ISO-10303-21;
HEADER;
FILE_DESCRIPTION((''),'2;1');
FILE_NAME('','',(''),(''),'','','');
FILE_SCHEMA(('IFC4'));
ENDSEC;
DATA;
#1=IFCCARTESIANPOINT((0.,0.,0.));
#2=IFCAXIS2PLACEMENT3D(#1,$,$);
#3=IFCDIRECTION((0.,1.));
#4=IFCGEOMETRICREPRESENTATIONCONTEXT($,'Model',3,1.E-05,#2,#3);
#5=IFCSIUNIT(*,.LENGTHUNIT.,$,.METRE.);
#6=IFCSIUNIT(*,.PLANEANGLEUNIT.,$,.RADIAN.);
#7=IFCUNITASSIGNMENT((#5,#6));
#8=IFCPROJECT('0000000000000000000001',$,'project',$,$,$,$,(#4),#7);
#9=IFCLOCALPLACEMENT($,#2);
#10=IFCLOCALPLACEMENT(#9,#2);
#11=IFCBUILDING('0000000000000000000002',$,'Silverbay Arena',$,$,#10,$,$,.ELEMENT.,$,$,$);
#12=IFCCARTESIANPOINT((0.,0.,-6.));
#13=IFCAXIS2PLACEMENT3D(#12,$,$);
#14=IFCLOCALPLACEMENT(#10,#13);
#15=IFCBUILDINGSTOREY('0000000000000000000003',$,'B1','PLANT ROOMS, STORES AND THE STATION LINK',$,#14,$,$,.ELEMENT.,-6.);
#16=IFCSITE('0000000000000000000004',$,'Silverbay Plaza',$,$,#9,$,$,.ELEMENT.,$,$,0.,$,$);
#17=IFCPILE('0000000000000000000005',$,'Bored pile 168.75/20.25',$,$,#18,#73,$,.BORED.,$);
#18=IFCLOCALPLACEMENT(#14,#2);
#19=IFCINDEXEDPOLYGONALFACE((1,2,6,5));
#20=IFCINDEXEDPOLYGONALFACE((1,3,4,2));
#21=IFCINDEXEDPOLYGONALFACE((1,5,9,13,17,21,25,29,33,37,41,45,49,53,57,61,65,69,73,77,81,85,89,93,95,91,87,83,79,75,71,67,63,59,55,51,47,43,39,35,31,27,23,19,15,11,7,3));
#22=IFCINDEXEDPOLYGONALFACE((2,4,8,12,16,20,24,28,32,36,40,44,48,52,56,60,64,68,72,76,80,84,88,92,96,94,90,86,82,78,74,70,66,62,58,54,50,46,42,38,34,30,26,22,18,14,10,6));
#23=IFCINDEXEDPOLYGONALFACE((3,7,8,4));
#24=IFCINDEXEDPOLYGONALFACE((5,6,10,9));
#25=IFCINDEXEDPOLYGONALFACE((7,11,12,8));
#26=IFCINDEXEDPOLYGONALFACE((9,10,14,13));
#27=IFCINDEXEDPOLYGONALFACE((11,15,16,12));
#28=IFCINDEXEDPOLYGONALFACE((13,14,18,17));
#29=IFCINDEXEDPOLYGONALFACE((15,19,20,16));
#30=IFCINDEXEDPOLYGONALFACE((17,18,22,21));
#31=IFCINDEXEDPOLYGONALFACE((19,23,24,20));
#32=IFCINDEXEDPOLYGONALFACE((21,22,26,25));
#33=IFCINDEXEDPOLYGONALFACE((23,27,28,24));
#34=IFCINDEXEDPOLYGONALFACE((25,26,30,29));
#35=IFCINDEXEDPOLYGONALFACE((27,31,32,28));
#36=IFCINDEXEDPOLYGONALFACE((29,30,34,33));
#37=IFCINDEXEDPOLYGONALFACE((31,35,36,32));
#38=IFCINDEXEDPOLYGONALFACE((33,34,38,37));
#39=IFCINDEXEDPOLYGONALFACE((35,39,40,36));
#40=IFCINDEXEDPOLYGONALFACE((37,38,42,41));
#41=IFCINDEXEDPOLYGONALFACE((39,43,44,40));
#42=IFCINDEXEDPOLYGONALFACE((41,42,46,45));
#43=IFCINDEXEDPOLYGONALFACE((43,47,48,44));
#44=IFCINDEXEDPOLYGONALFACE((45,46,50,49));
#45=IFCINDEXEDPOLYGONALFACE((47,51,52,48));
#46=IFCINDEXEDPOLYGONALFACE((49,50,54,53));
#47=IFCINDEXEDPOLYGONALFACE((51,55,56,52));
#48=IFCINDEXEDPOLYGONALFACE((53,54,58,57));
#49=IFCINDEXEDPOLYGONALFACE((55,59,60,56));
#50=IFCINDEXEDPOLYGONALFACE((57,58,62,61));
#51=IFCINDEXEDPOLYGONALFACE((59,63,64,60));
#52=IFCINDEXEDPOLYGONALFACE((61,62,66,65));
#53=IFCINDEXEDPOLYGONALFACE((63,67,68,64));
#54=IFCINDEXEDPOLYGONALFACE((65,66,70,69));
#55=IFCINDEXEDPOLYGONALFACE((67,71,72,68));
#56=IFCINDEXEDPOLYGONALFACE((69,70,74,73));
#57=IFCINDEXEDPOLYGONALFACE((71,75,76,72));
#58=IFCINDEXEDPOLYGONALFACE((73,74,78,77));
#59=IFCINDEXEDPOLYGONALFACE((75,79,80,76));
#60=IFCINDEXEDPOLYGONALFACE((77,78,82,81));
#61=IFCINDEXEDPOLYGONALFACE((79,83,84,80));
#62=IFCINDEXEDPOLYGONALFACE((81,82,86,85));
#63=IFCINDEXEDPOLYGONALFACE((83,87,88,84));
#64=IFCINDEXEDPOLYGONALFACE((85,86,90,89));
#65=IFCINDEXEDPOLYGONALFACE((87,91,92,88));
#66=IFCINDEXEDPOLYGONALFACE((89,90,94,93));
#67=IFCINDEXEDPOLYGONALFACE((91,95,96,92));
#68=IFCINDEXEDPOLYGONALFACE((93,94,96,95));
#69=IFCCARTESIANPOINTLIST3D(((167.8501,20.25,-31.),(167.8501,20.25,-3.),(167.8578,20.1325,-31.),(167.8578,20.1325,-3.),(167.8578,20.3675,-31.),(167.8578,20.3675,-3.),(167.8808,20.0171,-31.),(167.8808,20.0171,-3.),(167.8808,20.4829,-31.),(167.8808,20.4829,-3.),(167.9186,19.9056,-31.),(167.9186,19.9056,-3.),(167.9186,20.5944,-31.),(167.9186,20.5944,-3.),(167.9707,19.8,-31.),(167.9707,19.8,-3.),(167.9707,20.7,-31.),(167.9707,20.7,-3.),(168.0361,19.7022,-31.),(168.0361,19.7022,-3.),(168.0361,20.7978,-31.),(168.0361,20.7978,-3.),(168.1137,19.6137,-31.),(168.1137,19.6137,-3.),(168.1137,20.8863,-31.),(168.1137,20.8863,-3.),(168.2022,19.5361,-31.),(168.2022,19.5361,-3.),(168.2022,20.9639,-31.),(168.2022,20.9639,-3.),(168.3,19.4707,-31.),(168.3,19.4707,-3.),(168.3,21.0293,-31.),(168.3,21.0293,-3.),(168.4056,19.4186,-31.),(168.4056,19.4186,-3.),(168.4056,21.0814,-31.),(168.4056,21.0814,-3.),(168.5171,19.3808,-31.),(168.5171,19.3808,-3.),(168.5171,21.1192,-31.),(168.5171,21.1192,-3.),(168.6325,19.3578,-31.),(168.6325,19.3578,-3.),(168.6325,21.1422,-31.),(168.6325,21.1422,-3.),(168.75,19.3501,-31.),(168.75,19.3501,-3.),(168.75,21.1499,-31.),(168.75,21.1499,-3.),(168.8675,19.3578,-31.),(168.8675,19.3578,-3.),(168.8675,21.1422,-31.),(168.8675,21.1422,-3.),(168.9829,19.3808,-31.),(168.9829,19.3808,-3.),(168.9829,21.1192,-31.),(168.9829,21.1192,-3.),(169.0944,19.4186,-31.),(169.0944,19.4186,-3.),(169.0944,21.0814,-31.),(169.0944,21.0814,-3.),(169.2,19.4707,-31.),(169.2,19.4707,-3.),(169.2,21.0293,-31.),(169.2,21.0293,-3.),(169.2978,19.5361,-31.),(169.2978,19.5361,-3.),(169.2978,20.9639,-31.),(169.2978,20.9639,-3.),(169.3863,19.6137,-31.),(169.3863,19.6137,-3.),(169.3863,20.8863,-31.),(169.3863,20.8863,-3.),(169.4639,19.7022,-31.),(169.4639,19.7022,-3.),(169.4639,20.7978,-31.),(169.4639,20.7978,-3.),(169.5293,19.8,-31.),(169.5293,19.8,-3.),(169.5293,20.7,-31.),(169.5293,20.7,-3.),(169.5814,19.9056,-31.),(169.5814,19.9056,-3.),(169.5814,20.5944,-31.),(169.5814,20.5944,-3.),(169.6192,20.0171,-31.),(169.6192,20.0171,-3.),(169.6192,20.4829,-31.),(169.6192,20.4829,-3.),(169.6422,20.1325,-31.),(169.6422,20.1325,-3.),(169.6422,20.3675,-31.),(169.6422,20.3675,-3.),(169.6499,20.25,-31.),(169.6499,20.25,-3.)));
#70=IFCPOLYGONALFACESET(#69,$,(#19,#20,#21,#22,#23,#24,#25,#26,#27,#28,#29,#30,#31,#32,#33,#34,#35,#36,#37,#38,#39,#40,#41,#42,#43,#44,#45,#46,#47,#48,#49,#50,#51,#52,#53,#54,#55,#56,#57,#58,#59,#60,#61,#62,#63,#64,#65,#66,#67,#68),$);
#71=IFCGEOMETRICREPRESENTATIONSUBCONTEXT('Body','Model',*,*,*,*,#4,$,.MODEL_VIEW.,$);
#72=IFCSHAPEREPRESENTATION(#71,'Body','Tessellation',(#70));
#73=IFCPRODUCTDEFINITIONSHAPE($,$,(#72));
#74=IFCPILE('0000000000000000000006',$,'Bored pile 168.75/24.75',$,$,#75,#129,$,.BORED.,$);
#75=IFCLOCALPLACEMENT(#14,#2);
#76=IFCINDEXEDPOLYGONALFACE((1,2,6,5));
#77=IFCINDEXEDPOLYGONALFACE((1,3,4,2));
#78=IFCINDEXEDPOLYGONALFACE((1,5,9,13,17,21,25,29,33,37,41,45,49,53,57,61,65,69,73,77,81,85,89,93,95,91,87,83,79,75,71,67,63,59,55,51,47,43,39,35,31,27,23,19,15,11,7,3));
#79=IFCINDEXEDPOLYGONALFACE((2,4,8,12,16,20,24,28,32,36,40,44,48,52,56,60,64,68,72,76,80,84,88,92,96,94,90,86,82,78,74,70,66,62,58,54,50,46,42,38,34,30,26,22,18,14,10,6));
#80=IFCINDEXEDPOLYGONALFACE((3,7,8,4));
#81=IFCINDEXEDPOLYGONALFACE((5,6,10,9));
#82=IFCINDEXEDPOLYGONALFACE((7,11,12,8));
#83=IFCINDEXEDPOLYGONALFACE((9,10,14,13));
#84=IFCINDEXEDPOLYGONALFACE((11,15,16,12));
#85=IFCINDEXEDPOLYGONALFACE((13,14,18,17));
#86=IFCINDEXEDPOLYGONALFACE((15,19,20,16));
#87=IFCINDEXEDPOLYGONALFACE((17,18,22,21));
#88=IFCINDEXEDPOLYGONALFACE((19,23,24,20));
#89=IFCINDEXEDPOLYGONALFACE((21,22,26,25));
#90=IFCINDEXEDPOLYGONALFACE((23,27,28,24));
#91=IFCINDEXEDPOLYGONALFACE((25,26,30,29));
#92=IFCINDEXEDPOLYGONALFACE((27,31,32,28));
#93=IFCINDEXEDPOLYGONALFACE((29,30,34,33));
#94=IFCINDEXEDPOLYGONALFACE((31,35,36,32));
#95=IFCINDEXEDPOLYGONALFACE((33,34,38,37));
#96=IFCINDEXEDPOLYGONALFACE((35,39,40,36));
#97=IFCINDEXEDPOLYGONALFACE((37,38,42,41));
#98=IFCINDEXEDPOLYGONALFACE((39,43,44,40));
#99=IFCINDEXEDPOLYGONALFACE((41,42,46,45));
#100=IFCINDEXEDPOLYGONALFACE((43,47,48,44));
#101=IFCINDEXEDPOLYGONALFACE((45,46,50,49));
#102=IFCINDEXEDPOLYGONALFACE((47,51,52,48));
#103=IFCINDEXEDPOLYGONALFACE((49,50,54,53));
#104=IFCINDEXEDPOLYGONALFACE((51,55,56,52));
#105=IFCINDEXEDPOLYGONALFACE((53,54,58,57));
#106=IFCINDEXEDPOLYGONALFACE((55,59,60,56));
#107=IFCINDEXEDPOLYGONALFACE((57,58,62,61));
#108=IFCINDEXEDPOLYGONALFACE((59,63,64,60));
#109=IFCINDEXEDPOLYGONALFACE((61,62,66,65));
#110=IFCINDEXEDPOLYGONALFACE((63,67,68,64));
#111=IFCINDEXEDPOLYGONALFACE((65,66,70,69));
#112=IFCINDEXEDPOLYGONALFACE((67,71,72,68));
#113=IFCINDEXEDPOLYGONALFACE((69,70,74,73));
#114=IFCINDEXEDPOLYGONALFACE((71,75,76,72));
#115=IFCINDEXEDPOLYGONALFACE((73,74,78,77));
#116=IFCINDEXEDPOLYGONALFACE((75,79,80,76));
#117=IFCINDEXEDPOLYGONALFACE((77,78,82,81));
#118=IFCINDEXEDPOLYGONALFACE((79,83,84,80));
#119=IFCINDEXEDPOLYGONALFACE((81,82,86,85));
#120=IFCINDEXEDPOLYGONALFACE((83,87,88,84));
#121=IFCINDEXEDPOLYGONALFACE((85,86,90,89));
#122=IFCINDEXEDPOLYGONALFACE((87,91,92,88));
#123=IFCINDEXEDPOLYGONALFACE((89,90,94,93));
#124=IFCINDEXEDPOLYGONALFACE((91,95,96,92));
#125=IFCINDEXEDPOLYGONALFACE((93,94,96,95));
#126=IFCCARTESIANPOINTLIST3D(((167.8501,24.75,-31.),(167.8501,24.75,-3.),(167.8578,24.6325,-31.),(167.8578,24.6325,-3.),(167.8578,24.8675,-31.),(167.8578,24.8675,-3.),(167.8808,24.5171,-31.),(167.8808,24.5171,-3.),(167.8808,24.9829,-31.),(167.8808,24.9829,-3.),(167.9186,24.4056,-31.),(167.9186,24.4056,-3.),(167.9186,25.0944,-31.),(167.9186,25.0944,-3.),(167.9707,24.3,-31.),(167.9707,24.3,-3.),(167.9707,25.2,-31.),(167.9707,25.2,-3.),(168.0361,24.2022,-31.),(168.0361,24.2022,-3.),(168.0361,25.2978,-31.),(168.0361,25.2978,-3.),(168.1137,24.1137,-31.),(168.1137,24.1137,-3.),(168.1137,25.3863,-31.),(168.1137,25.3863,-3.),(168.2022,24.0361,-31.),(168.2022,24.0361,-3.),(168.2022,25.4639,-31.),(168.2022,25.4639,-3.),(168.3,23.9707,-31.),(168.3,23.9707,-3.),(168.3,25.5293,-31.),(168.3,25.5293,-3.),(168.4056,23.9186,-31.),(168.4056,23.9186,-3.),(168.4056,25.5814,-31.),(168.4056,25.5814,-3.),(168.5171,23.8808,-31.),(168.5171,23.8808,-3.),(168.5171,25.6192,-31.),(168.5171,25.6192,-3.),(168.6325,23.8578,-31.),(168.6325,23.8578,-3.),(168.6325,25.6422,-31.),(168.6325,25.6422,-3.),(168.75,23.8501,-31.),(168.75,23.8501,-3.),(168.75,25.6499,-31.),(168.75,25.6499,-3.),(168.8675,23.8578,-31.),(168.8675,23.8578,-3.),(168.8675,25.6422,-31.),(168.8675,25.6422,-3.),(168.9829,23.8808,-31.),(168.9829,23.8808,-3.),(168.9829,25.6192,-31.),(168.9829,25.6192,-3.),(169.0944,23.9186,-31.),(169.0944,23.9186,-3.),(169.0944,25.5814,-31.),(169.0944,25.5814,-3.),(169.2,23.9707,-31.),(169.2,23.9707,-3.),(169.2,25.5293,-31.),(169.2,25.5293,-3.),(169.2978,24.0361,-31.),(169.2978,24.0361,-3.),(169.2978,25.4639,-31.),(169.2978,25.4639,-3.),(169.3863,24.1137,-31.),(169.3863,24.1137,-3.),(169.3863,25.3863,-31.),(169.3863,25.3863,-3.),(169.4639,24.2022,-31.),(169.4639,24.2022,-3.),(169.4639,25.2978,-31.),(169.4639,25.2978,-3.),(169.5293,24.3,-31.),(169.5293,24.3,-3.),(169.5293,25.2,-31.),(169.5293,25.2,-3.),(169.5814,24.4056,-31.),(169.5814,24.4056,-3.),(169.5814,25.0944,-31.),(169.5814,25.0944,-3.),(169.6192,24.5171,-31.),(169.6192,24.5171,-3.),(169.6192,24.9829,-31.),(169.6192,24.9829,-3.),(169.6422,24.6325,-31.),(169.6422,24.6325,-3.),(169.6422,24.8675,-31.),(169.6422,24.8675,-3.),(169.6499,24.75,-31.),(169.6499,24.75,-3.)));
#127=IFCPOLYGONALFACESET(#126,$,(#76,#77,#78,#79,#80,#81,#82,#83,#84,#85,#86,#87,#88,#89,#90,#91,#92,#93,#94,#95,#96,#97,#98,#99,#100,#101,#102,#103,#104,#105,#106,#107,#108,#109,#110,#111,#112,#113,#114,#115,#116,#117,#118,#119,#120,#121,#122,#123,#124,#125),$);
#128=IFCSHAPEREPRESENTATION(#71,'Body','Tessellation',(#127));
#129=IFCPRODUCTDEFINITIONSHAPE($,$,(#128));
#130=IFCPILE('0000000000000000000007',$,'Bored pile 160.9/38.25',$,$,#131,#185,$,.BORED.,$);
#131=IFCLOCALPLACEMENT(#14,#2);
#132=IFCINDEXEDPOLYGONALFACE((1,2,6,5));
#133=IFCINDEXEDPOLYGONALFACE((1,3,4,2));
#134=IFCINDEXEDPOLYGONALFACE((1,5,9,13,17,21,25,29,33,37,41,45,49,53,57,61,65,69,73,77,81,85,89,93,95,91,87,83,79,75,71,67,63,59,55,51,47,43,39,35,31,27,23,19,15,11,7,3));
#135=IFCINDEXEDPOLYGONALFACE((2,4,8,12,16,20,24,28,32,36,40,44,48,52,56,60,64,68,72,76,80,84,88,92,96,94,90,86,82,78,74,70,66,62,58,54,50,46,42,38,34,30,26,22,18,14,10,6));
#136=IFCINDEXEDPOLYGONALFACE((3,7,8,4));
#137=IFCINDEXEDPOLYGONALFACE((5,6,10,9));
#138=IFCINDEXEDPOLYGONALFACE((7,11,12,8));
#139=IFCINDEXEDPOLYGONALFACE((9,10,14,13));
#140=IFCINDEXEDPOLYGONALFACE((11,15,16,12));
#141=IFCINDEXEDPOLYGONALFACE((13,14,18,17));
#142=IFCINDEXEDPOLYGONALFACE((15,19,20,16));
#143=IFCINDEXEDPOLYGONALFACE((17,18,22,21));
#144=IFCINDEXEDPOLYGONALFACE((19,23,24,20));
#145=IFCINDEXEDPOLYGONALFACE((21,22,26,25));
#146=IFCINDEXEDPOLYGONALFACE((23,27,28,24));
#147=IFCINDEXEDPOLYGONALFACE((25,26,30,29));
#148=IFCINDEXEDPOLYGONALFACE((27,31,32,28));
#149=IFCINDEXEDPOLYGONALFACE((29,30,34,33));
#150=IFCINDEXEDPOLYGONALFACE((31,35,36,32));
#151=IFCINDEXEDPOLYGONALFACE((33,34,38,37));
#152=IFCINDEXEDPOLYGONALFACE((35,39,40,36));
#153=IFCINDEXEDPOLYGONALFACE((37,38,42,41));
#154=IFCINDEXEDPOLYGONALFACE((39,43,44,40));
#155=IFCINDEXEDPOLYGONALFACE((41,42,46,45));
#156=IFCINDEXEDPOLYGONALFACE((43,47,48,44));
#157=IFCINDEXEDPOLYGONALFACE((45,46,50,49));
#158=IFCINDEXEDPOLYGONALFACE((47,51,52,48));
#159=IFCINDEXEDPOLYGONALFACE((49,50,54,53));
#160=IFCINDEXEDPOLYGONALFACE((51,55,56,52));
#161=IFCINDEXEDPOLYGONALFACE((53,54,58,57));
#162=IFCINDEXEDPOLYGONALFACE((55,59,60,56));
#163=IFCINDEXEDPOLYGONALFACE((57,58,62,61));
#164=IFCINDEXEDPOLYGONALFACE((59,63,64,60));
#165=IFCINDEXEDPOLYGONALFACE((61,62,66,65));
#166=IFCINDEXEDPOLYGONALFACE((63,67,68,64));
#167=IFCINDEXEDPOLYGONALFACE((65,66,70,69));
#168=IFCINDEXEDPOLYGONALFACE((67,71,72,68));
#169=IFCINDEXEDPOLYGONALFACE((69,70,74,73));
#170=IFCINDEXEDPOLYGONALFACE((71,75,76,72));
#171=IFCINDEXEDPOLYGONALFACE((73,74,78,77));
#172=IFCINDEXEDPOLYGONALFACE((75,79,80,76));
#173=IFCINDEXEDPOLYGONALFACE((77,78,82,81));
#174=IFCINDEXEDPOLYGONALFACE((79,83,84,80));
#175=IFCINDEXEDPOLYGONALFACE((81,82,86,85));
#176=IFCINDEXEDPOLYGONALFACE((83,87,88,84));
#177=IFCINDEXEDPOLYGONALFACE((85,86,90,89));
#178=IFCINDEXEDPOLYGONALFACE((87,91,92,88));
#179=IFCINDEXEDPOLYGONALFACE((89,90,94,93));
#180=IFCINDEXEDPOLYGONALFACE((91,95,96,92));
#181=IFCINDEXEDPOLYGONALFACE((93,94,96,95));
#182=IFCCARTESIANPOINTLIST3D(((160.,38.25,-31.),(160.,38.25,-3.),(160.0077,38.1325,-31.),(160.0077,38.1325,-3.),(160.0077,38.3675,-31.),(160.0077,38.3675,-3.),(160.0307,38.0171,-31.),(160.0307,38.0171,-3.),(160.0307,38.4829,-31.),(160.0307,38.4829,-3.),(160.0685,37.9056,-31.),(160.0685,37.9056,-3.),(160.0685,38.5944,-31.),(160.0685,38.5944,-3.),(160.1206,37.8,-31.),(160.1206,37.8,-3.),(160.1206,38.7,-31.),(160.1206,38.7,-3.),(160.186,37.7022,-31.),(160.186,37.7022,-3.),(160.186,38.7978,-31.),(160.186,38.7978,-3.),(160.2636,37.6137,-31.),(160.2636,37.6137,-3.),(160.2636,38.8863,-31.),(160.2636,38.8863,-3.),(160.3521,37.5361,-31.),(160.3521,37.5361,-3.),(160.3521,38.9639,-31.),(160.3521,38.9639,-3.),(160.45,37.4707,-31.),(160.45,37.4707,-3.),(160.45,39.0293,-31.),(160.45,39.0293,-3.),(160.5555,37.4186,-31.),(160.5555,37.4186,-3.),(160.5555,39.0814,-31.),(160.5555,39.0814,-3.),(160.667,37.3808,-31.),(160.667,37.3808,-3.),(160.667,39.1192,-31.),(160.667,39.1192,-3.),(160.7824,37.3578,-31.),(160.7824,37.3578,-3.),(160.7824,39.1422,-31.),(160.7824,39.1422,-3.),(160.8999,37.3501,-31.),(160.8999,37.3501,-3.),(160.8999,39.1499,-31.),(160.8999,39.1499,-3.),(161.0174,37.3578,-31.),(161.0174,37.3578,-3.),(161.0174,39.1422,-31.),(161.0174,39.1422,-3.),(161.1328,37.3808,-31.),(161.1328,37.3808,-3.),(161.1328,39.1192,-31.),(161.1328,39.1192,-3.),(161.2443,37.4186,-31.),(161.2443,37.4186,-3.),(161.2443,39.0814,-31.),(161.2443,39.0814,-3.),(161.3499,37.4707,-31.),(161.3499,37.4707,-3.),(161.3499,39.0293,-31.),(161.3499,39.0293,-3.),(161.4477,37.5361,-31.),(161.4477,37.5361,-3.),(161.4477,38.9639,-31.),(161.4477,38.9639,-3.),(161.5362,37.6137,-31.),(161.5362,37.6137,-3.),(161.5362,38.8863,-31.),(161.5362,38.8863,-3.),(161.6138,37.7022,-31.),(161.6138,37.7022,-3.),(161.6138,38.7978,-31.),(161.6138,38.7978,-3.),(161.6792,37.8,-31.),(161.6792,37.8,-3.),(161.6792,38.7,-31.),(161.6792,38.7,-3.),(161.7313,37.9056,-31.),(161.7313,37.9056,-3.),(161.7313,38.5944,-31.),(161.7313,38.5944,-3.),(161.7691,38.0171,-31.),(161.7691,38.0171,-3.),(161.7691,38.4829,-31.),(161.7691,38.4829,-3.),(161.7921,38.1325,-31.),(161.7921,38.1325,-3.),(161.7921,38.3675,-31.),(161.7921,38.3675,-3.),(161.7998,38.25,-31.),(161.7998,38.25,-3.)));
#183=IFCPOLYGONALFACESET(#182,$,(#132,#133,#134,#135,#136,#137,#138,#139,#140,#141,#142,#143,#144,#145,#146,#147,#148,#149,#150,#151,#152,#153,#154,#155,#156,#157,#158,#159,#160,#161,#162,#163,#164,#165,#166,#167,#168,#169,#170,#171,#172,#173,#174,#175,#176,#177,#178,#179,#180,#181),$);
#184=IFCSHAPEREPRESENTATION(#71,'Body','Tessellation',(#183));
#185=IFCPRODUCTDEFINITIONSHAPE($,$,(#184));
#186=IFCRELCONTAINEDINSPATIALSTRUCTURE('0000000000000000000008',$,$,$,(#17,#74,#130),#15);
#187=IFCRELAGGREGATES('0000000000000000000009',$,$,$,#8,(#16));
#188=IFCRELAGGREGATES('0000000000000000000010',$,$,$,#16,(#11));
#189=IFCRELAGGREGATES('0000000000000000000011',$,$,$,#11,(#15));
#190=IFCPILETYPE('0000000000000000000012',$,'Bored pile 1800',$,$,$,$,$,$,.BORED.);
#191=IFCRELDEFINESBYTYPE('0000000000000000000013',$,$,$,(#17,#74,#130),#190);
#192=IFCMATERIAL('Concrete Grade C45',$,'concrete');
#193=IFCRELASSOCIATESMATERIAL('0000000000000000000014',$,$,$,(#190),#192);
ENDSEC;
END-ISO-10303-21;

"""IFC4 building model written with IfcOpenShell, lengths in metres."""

from ifc_helpers import new_model, si_unit, direction, frame, origin, origin_2d, place, context, subcontext, project, spatial, circle, extrude, material, material_profile, profile_set, type_object, element, save


model = new_model("IFC4")

# Units and contexts
model_context = context("Model", 3, precision=1e-05, world=origin(), true_north=direction((0.0, 1.0)))
body_context = subcontext(model_context, "Body", "Model", "MODEL_VIEW")
ifc_project = project(units=[si_unit("LENGTHUNIT", "METRE"), si_unit("PLANEANGLEUNIT", "RADIAN")], contexts=[model_context])

# Site, building, storey
site_placement = place(None, origin())
site = spatial("IfcSite", under=ifc_project, at=site_placement, Name="Silverbay Plaza", CompositionType="ELEMENT", RefElevation=0.0)
building_placement = place(site_placement, origin())
building = spatial("IfcBuilding", under=site, at=building_placement, Name="Silverbay Arena", CompositionType="ELEMENT")
storey_placement = place(building_placement, frame((0.0, 0.0, -6.0)))
storey = spatial("IfcBuildingStorey", under=building, at=storey_placement, Name="B1", Description="PLANT ROOMS, STORES AND THE STATION LINK", CompositionType="ELEMENT", Elevation=-6.0)

# Piles
ifc_material_1 = material(Name="Concrete Grade C45", Category="concrete")
ifc_material_profile_1 = material_profile(ifc_material_1, circle(Radius=0.8999, at=origin_2d()), Name="Bored pile 1800")
ifc_profile_set_1 = profile_set([ifc_material_profile_1], Name="Concrete Grade C45")
pile_type_1 = type_object("IfcPileType", Name="Bored pile 1800", PredefinedType="BORED", material=ifc_profile_set_1)
for number, where, z_axis, x_axis, name in (
    (1, (168.75, 20.25, -3.0), (0.0, 0.0, -1.0), (1.0, 0.0, 0.0), "Bored pile 168.75/20.25"),
    (2, (168.75, 24.75, -3.0), (0.0, 0.0, -1.0), (1.0, 0.0, 0.0), "Bored pile 168.75/24.75"),
    (3, (160.8999, 38.25, -3.0), (0.0, 0.0, -1.0), (1.0, 0.0, 0.0), "Bored pile 160.9/38.25"),
):
    element("IfcPile", number, at=place(storey_placement, frame(where, z_axis=z_axis, x_axis=x_axis)), inside=storey, type_object=pile_type_1, Name=name, PredefinedType="BORED", context=body_context, shape_type="SweptSolid", body=[
        extrude(circle(Radius=0.8999, at=origin_2d()), origin(), (0.0, 0.0, 1.0), 28.0),
    ])

save(model, "model.ifc")
